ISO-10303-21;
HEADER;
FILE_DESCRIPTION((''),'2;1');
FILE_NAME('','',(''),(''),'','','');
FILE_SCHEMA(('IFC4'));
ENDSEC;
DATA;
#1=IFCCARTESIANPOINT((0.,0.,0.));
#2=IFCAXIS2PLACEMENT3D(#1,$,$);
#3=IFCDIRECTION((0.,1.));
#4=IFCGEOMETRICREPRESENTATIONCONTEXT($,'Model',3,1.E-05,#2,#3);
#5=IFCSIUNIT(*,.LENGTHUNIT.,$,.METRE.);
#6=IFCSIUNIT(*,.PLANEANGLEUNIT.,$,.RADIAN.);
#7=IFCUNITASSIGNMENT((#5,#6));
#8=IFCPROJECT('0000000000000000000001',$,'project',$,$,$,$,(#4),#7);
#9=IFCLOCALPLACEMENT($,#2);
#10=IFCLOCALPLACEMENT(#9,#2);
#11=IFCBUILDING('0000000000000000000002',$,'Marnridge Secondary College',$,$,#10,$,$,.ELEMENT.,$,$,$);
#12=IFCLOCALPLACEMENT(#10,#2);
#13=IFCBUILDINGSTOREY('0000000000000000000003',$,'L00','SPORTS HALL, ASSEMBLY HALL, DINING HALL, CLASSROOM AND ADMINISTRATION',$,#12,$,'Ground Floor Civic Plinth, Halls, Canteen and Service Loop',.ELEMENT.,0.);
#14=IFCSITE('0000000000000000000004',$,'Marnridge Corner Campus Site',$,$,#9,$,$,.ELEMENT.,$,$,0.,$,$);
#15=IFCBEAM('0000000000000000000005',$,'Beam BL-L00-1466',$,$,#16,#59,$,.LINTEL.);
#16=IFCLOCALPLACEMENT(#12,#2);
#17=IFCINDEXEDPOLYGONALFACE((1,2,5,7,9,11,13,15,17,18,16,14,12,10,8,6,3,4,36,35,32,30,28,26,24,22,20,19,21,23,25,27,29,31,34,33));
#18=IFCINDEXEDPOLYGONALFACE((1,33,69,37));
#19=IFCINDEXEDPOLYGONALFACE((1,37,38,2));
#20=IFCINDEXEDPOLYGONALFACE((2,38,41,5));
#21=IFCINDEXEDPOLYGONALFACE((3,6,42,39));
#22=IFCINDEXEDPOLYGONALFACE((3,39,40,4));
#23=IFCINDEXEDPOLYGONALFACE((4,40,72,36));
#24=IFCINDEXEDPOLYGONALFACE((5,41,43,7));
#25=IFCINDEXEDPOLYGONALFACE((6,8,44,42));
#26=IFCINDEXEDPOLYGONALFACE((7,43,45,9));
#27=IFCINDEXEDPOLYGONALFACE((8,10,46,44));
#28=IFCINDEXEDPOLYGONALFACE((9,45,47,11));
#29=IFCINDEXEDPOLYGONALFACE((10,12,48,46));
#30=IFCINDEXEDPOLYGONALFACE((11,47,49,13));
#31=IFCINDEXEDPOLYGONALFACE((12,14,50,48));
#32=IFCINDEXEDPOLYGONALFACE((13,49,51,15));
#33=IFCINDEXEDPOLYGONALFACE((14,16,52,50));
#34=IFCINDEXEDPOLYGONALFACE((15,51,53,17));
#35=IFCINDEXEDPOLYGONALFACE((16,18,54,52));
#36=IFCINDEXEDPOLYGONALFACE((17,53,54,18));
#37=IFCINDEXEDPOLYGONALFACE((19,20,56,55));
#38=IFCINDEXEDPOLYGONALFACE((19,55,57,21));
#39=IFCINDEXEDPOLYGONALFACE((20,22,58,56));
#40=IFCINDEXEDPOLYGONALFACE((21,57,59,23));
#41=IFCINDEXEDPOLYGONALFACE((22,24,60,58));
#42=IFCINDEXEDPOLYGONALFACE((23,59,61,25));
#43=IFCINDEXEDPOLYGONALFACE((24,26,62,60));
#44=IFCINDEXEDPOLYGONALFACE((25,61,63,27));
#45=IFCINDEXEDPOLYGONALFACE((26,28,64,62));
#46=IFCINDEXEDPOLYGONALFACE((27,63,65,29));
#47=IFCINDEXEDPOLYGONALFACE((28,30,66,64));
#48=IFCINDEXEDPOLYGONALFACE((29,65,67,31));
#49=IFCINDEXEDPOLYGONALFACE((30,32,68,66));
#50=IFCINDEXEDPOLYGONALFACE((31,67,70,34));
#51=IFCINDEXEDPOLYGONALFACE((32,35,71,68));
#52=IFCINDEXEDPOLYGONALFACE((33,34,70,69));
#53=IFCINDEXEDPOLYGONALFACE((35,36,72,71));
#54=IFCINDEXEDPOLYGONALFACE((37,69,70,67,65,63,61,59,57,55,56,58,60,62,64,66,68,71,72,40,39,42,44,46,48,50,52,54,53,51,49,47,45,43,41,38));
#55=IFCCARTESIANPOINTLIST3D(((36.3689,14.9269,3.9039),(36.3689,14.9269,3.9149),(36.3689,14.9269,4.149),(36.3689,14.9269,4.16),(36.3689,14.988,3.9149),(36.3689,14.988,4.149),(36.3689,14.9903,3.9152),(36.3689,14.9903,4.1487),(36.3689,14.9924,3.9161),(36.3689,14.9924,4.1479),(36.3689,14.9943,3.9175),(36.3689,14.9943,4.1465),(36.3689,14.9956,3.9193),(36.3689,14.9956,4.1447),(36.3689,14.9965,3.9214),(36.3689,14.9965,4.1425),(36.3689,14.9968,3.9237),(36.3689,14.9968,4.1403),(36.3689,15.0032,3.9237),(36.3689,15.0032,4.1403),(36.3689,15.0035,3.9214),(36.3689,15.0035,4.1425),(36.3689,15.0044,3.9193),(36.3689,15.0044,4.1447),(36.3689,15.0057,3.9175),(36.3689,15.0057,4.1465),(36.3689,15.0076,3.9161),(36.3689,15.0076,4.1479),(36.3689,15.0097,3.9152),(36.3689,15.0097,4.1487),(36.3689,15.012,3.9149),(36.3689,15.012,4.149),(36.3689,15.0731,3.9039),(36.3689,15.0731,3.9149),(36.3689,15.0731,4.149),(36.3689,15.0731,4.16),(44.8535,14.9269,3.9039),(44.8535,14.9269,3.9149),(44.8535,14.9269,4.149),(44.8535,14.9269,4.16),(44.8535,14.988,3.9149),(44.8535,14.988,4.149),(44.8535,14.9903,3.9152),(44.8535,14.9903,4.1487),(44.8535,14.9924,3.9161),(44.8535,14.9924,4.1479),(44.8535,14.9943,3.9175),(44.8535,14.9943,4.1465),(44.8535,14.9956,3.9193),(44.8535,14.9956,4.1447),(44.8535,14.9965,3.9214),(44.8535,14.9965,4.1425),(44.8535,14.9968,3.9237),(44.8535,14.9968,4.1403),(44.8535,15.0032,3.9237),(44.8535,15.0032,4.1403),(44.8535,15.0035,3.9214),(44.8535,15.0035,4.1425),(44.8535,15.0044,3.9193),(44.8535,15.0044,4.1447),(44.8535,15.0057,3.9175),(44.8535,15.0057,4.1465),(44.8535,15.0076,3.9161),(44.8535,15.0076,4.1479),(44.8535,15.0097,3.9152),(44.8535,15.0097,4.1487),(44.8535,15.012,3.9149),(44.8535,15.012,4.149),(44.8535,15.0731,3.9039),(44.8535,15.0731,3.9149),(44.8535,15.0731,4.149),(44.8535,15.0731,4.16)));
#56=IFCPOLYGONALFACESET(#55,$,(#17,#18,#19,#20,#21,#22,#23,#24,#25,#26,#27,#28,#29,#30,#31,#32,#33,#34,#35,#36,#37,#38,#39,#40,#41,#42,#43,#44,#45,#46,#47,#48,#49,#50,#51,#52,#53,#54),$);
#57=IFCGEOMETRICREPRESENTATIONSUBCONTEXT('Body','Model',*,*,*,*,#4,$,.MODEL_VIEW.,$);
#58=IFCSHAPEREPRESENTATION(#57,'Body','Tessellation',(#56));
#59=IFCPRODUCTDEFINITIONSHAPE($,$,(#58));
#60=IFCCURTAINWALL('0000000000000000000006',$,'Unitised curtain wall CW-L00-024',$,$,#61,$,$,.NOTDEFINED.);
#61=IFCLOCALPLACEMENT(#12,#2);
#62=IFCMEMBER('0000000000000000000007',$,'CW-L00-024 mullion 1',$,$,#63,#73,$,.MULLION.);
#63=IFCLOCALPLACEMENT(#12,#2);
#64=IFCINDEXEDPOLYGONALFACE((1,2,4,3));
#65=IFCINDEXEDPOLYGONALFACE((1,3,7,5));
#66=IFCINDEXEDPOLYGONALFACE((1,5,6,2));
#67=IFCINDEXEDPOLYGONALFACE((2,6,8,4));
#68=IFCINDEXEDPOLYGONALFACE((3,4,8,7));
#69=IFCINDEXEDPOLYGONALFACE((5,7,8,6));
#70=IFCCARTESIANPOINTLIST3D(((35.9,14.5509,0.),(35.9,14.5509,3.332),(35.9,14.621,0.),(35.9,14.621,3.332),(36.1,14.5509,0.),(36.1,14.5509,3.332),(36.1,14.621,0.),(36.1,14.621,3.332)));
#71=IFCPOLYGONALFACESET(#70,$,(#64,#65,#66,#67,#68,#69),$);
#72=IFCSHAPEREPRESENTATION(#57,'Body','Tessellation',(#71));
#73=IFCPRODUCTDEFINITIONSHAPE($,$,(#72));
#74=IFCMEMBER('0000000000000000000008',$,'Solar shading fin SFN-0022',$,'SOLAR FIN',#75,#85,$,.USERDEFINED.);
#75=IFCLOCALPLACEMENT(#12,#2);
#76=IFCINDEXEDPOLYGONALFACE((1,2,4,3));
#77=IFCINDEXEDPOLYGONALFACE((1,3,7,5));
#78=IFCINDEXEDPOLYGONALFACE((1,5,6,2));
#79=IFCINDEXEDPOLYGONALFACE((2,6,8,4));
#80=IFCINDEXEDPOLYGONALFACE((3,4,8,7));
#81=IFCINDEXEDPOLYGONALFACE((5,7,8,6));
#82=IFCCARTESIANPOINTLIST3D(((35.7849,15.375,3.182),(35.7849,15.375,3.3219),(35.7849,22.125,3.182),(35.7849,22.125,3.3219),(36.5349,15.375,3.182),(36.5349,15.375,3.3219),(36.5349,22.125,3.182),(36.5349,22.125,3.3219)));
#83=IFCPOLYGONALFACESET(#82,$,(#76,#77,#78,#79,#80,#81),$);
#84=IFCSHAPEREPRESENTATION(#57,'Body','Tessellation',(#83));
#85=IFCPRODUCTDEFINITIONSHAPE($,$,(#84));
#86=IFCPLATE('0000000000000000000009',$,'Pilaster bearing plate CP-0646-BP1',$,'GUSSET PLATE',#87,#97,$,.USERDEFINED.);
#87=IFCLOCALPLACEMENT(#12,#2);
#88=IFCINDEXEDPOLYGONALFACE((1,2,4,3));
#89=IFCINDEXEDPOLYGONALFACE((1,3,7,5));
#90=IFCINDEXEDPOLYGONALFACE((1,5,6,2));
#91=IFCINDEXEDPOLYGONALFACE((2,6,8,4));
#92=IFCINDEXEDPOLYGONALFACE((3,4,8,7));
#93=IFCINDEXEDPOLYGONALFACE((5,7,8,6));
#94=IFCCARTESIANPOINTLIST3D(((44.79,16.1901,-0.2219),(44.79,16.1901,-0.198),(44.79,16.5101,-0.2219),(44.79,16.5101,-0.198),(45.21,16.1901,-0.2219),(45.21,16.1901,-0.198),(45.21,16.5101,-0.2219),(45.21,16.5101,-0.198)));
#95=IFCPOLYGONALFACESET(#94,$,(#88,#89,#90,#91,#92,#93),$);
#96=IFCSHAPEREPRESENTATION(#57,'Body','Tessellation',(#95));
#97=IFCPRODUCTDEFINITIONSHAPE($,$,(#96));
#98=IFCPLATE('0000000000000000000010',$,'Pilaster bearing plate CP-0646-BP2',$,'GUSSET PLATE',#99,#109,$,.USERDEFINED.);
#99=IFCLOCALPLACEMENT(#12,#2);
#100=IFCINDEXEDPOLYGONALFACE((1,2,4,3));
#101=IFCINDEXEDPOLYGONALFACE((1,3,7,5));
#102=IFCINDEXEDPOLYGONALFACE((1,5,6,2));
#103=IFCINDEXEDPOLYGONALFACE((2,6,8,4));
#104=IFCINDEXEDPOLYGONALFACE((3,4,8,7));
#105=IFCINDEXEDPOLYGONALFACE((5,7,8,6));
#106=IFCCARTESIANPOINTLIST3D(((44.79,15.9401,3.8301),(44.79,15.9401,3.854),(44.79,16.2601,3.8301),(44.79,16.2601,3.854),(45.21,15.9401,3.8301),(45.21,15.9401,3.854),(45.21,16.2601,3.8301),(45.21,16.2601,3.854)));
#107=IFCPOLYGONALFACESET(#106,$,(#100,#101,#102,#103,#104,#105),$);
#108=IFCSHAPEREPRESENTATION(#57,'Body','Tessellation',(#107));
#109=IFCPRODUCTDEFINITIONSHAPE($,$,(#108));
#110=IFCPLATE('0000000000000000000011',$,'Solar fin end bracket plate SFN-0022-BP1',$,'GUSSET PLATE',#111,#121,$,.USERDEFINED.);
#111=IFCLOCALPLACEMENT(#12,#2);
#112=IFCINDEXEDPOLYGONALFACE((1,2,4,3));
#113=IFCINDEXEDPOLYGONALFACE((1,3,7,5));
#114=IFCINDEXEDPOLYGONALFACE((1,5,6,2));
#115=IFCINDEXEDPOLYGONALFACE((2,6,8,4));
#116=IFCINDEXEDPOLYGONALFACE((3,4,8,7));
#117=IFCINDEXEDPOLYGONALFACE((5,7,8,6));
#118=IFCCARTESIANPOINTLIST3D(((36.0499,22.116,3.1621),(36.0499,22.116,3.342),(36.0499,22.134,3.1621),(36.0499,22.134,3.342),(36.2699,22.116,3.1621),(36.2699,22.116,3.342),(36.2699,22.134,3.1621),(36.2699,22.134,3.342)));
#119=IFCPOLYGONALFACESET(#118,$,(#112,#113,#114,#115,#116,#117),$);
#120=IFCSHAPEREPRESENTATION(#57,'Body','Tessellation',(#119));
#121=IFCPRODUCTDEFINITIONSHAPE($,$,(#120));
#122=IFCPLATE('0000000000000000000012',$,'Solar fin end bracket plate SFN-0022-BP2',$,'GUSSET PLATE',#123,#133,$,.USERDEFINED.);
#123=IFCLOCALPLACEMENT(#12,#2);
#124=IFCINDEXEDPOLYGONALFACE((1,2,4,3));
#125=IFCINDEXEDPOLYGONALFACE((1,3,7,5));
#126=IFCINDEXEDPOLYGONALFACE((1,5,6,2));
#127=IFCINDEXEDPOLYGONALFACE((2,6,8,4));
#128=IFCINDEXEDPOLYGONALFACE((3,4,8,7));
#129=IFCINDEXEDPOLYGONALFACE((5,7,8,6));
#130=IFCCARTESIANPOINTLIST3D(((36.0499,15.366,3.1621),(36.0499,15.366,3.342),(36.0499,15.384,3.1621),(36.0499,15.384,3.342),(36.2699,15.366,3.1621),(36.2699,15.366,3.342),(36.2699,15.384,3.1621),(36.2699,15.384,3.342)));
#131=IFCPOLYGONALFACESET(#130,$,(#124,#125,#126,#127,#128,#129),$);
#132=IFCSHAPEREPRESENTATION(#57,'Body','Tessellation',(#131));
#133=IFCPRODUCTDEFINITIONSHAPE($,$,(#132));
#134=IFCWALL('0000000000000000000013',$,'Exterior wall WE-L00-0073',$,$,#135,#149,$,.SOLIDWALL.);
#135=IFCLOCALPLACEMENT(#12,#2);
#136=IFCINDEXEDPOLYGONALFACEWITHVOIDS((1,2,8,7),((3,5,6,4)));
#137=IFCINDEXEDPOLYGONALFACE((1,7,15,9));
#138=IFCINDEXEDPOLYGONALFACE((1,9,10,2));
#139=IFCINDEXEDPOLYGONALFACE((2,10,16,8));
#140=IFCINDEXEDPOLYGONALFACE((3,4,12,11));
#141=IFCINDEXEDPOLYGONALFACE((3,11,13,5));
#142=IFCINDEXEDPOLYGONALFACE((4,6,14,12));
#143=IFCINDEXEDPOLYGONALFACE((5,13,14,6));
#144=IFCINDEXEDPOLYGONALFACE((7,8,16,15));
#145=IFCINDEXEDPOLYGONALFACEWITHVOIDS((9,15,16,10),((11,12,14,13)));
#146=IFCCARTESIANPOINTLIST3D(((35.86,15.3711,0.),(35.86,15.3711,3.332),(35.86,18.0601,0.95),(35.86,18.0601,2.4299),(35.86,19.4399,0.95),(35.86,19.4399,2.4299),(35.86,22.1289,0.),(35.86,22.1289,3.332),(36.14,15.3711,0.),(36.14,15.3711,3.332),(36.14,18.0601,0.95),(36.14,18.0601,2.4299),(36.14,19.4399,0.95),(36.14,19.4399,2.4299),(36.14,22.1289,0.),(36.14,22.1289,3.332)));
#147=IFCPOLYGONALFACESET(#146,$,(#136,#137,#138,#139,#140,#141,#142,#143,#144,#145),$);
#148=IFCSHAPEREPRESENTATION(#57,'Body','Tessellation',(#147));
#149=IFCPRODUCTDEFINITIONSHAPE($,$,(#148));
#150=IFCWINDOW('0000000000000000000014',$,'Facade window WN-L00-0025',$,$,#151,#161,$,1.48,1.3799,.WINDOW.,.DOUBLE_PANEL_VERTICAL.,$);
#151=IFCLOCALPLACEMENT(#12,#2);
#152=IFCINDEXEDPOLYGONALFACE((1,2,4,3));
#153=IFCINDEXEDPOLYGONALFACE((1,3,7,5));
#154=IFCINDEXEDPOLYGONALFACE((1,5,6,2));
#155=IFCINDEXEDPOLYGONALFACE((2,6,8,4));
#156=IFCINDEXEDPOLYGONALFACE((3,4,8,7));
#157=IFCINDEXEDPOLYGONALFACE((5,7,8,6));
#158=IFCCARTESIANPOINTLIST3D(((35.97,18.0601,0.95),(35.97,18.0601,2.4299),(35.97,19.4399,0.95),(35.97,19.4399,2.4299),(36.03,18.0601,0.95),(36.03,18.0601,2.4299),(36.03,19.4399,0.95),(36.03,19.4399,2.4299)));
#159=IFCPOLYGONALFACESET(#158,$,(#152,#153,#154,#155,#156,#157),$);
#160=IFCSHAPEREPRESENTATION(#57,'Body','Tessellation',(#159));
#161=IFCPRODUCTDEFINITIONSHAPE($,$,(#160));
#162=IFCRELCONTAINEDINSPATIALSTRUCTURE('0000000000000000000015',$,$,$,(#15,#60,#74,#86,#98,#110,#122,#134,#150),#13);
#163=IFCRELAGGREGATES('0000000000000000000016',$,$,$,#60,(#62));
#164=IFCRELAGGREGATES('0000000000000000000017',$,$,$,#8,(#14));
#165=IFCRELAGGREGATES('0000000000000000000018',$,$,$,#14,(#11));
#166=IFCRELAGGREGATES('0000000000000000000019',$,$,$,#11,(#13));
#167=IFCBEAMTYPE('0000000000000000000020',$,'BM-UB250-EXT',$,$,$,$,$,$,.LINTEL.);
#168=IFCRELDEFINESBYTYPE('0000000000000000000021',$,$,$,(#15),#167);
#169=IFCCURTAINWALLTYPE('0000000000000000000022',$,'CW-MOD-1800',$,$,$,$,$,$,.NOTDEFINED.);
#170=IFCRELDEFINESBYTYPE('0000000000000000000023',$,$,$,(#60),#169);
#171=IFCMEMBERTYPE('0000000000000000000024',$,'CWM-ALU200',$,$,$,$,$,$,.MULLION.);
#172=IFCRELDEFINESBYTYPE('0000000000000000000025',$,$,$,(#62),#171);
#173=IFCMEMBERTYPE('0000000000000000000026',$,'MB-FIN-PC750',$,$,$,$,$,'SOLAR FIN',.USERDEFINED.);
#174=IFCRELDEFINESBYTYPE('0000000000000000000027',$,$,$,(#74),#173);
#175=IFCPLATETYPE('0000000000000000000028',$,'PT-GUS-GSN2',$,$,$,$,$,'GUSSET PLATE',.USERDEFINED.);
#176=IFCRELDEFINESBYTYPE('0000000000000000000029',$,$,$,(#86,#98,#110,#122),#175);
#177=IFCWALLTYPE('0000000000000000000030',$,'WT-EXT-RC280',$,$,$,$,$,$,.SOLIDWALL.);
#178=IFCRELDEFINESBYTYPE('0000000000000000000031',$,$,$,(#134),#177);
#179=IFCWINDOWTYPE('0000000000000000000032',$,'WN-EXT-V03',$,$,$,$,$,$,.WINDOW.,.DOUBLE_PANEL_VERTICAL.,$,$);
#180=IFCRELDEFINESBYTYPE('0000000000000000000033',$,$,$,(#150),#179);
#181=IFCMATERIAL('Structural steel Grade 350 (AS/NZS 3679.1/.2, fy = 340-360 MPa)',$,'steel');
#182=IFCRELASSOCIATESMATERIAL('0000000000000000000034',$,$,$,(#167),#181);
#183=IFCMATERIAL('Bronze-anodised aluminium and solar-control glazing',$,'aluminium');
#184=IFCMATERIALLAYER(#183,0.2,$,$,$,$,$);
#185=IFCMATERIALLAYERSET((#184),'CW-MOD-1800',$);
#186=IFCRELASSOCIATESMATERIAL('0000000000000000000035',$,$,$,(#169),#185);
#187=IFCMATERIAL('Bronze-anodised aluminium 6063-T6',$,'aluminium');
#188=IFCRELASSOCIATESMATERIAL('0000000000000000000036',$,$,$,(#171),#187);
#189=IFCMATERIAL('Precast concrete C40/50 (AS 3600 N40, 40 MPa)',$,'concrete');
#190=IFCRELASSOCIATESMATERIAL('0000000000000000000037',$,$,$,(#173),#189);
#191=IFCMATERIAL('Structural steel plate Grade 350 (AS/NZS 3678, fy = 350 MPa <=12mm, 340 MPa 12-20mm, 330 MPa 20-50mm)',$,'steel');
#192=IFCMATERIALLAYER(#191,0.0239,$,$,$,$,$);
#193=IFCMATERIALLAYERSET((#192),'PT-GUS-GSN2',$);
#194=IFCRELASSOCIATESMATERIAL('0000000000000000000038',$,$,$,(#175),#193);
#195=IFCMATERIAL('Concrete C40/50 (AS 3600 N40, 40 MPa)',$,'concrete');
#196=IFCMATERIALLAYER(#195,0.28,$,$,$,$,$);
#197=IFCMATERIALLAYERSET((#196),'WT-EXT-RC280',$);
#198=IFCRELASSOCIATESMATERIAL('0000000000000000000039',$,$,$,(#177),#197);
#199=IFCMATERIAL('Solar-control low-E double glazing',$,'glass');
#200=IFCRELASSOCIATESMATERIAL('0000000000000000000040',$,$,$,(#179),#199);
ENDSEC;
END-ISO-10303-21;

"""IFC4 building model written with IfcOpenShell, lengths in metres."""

from ifc_helpers import new_model, si_unit, direction, frame, frame_2d, origin, origin_2d, place, context, subcontext, project, spatial, rectangle, i_section, extrude, material, layer, layer_set, material_profile, profile_set, type_object, element, fill, aggregate, save


model = new_model("IFC4")

# Units and contexts
model_context = context("Model", 3, precision=1e-05, world=origin(), true_north=direction((0.0, 1.0)))
body_context = subcontext(model_context, "Body", "Model", "MODEL_VIEW")
ifc_project = project(units=[si_unit("LENGTHUNIT", "METRE"), si_unit("PLANEANGLEUNIT", "RADIAN")], contexts=[model_context])

# Site, building, storey
site_placement = place(None, origin())
site = spatial("IfcSite", under=ifc_project, at=site_placement, Name="Marnridge Corner Campus Site", CompositionType="ELEMENT", RefElevation=0.0)
building_placement = place(site_placement, origin())
building = spatial("IfcBuilding", under=site, at=building_placement, Name="Marnridge Secondary College", CompositionType="ELEMENT")
storey_placement = place(building_placement, origin())
storey = spatial("IfcBuildingStorey", under=building, at=storey_placement, Name="L00", Description="SPORTS HALL, ASSEMBLY HALL, DINING HALL, CLASSROOM AND ADMINISTRATION", LongName="Ground Floor Civic Plinth, Halls, Canteen and Service Loop", CompositionType="ELEMENT", Elevation=0.0)

# Beam
ifc_material_1 = material(Name="Structural steel Grade 350 (AS/NZS 3679.1/.2, fy = 340-360 MPa)", Category="steel")
ifc_material_profile_1 = material_profile(ifc_material_1, i_section(OverallWidth=0.1462, OverallDepth=0.2561, WebThickness=0.0063, FlangeThickness=0.011, FilletRadius=0.0088, at=origin_2d()), Name="250UB37.3")
ifc_profile_set_1 = profile_set([ifc_material_profile_1], Name="Structural steel Grade 350 (AS/NZS 3679.1/.2, fy = 340-360 MPa)")
beam_type_1 = type_object("IfcBeamType", Name="BM-UB250-EXT", PredefinedType="LINTEL", material=ifc_profile_set_1)
beam_1_placement = place(storey_placement, frame((36.3689, 15.0, 4.032), z_axis=(1.0, 0.0, 0.0), x_axis=(0.0, 1.0, 0.0)))
element("IfcBeam", 1, at=beam_1_placement, inside=storey, type_object=beam_type_1, Name="Beam BL-L00-1466", PredefinedType="LINTEL", context=body_context, shape_type="SweptSolid", body=[
    extrude(i_section(OverallWidth=0.1462, OverallDepth=0.2561, WebThickness=0.0063, FlangeThickness=0.011, FilletRadius=0.0088, at=origin_2d()), origin(), (0.0, 0.0, 1.0), 8.4846),
])

# Curtain wall, member
ifc_material_2 = material(Name="Bronze-anodised aluminium and solar-control glazing", Category="aluminium")
ifc_layer_1 = layer(ifc_material_2, 0.2)
ifc_layer_set_1 = layer_set([ifc_layer_1], Name="CW-MOD-1800")
curtain_wall_type = type_object("IfcCurtainWallType", Name="CW-MOD-1800", PredefinedType="NOTDEFINED", material=ifc_layer_set_1)
curtain_wall_placement = place(storey_placement, origin())
curtain_wall = element("IfcCurtainWall", 2, at=curtain_wall_placement, inside=storey, type_object=curtain_wall_type, Name="Unitised curtain wall CW-L00-024", PredefinedType="NOTDEFINED")
ifc_material_3 = material(Name="Bronze-anodised aluminium 6063-T6", Category="aluminium")
ifc_material_profile_2 = material_profile(ifc_material_3, rectangle(XDim=0.0701, YDim=0.2, at=origin_2d()), Name="ALU 70x200")
ifc_profile_set_2 = profile_set([ifc_material_profile_2], Name="Bronze-anodised aluminium 6063-T6")
member_type_1 = type_object("IfcMemberType", Name="CWM-ALU200", PredefinedType="MULLION", material=ifc_profile_set_2)
member_1_placement = place(storey_placement, frame((36.0, 14.5859, 0.0), z_axis=(0.0, 0.0, 1.0), x_axis=(0.0, -1.0, 0.0)))
member_1 = element("IfcMember", 3, at=member_1_placement, type_object=member_type_1, Name="CW-L00-024 mullion 1", PredefinedType="MULLION", context=body_context, shape_type="SweptSolid", body=[
    extrude(rectangle(XDim=0.0701, YDim=0.2, at=origin_2d()), origin(), (0.0, 0.0, 1.0), 3.332),
])
aggregate(curtain_wall, [member_1])

# Member
ifc_material_4 = material(Name="Precast concrete C40/50 (AS 3600 N40, 40 MPa)", Category="concrete")
ifc_material_profile_3 = material_profile(ifc_material_4, rectangle(XDim=0.1399, YDim=0.75, at=origin_2d()), Name="FIN PC 140x750")
ifc_profile_set_3 = profile_set([ifc_material_profile_3], Name="Precast concrete C40/50 (AS 3600 N40, 40 MPa)")
member_type_2 = type_object("IfcMemberType", Name="MB-FIN-PC750", ElementType="SOLAR FIN", PredefinedType="USERDEFINED", material=ifc_profile_set_3)
member_2_placement = place(storey_placement, frame((36.1599, 22.125, 3.252), z_axis=(0.0, -1.0, 0.0), x_axis=(0.0, 0.0, 1.0)))
element("IfcMember", 4, at=member_2_placement, inside=storey, type_object=member_type_2, Name="Solar shading fin SFN-0022", ObjectType="SOLAR FIN", PredefinedType="USERDEFINED", context=body_context, shape_type="SweptSolid", body=[
    extrude(rectangle(XDim=0.1399, YDim=0.75, at=origin_2d()), origin(), (0.0, 0.0, 1.0), 6.75),
])

# Plates
ifc_material_5 = material(Name="Structural steel plate Grade 350 (AS/NZS 3678, fy = 350 MPa <=12mm, 340 MPa 12-20mm, 330 MPa 20-50mm)", Category="steel")
ifc_layer_2 = layer(ifc_material_5, 0.0239)
ifc_layer_set_2 = layer_set([ifc_layer_2], Name="PT-GUS-GSN2")
plate_type = type_object("IfcPlateType", Name="PT-GUS-GSN2", ElementType="GUSSET PLATE", PredefinedType="USERDEFINED", material=ifc_layer_set_2)
for number, where, z_axis, x_axis, name in (
    (5, (45.0, 16.3501, -0.2219), (0.0, 0.0, 1.0), (1.0, 0.0, 0.0), "Pilaster bearing plate CP-0646-BP1"),
    (6, (45.0, 16.1001, 3.8301), (0.0, 0.0, 1.0), (1.0, 0.0, 0.0), "Pilaster bearing plate CP-0646-BP2"),
):
    element("IfcPlate", number, at=place(storey_placement, frame(where, z_axis=z_axis, x_axis=x_axis)), inside=storey, type_object=plate_type, Name=name, ObjectType="GUSSET PLATE", PredefinedType="USERDEFINED", context=body_context, shape_type="SweptSolid", body=[
        extrude(rectangle(XDim=0.4199, YDim=0.3201, at=origin_2d()), origin(), (0.0, 0.0, 1.0), 0.0239),
    ])
for number, where, z_axis, x_axis, name in (
    (7, (36.1599, 22.125, 3.1621), (0.0, 0.0, 1.0), (1.0, 0.0, 0.0), "Solar fin end bracket plate SFN-0022-BP1"),
    (8, (36.1599, 15.375, 3.1621), (0.0, 0.0, 1.0), (1.0, 0.0, 0.0), "Solar fin end bracket plate SFN-0022-BP2"),
):
    element("IfcPlate", number, at=place(storey_placement, frame(where, z_axis=z_axis, x_axis=x_axis)), inside=storey, type_object=plate_type, Name=name, ObjectType="GUSSET PLATE", PredefinedType="USERDEFINED", context=body_context, shape_type="SweptSolid", body=[
        extrude(rectangle(XDim=0.22, YDim=0.0181, at=origin_2d()), origin(), (0.0, 0.0, 1.0), 0.1799),
    ])

# Wall, opening, window
ifc_material_6 = material(Name="Concrete C40/50 (AS 3600 N40, 40 MPa)", Category="concrete")
ifc_layer_3 = layer(ifc_material_6, 0.28)
ifc_layer_set_3 = layer_set([ifc_layer_3], Name="WT-EXT-RC280")
wall_type = type_object("IfcWallType", Name="WT-EXT-RC280", PredefinedType="SOLIDWALL", material=ifc_layer_set_3)
wall_placement = place(storey_placement, frame((36.0, 22.1289, 0.0), z_axis=(0.0, 0.0, 1.0), x_axis=(0.0, -1.0, 0.0)))
wall = element("IfcWall", 9, at=wall_placement, inside=storey, type_object=wall_type, Name="Exterior wall WE-L00-0073", PredefinedType="SOLIDWALL", context=body_context, shape_type="SweptSolid", body=[
    extrude(rectangle(XDim=6.7578, YDim=0.28, at=frame_2d((3.3789, 0.0))), origin(), (0.0, 0.0, 1.0), 3.332),
])
opening_placement = place(wall_placement, frame((2.689, 0.0, 0.95)))
opening = element("IfcOpeningElement", 10, at=opening_placement, cuts=wall, PredefinedType="OPENING", context=body_context, shape_type="SweptSolid", body=[
    extrude(rectangle(XDim=1.3799, YDim=1.48, at=frame_2d((0.6899, 0.74))), frame((0.0, 0.1499, 0.0), z_axis=(0.0, -1.0, 0.0), x_axis=(1.0, 0.0, 0.0)), (0.0, 0.0, 1.0), 0.3),
])
ifc_material_7 = material(Name="Solar-control low-E double glazing", Category="glass")
window_type = type_object("IfcWindowType", Name="WN-EXT-V03", PartitioningType="DOUBLE_PANEL_VERTICAL", PredefinedType="WINDOW", material=ifc_material_7)
window_placement = place(opening_placement, origin())
window = element("IfcWindow", 11, at=window_placement, inside=storey, type_object=window_type, Name="Facade window WN-L00-0025", OverallHeight=1.48, OverallWidth=1.3799, PartitioningType="DOUBLE_PANEL_VERTICAL", PredefinedType="WINDOW", context=body_context, shape_type="SweptSolid", body=[
    extrude(rectangle(XDim=1.3799, YDim=1.48, at=frame_2d((0.6899, 0.74))), frame((0.0, 0.03, 0.0), z_axis=(0.0, -1.0, 0.0), x_axis=(1.0, 0.0, 0.0)), (0.0, 0.0, 1.0), 0.0601),
])
fill(opening, window)

save(model, "model.ifc")
